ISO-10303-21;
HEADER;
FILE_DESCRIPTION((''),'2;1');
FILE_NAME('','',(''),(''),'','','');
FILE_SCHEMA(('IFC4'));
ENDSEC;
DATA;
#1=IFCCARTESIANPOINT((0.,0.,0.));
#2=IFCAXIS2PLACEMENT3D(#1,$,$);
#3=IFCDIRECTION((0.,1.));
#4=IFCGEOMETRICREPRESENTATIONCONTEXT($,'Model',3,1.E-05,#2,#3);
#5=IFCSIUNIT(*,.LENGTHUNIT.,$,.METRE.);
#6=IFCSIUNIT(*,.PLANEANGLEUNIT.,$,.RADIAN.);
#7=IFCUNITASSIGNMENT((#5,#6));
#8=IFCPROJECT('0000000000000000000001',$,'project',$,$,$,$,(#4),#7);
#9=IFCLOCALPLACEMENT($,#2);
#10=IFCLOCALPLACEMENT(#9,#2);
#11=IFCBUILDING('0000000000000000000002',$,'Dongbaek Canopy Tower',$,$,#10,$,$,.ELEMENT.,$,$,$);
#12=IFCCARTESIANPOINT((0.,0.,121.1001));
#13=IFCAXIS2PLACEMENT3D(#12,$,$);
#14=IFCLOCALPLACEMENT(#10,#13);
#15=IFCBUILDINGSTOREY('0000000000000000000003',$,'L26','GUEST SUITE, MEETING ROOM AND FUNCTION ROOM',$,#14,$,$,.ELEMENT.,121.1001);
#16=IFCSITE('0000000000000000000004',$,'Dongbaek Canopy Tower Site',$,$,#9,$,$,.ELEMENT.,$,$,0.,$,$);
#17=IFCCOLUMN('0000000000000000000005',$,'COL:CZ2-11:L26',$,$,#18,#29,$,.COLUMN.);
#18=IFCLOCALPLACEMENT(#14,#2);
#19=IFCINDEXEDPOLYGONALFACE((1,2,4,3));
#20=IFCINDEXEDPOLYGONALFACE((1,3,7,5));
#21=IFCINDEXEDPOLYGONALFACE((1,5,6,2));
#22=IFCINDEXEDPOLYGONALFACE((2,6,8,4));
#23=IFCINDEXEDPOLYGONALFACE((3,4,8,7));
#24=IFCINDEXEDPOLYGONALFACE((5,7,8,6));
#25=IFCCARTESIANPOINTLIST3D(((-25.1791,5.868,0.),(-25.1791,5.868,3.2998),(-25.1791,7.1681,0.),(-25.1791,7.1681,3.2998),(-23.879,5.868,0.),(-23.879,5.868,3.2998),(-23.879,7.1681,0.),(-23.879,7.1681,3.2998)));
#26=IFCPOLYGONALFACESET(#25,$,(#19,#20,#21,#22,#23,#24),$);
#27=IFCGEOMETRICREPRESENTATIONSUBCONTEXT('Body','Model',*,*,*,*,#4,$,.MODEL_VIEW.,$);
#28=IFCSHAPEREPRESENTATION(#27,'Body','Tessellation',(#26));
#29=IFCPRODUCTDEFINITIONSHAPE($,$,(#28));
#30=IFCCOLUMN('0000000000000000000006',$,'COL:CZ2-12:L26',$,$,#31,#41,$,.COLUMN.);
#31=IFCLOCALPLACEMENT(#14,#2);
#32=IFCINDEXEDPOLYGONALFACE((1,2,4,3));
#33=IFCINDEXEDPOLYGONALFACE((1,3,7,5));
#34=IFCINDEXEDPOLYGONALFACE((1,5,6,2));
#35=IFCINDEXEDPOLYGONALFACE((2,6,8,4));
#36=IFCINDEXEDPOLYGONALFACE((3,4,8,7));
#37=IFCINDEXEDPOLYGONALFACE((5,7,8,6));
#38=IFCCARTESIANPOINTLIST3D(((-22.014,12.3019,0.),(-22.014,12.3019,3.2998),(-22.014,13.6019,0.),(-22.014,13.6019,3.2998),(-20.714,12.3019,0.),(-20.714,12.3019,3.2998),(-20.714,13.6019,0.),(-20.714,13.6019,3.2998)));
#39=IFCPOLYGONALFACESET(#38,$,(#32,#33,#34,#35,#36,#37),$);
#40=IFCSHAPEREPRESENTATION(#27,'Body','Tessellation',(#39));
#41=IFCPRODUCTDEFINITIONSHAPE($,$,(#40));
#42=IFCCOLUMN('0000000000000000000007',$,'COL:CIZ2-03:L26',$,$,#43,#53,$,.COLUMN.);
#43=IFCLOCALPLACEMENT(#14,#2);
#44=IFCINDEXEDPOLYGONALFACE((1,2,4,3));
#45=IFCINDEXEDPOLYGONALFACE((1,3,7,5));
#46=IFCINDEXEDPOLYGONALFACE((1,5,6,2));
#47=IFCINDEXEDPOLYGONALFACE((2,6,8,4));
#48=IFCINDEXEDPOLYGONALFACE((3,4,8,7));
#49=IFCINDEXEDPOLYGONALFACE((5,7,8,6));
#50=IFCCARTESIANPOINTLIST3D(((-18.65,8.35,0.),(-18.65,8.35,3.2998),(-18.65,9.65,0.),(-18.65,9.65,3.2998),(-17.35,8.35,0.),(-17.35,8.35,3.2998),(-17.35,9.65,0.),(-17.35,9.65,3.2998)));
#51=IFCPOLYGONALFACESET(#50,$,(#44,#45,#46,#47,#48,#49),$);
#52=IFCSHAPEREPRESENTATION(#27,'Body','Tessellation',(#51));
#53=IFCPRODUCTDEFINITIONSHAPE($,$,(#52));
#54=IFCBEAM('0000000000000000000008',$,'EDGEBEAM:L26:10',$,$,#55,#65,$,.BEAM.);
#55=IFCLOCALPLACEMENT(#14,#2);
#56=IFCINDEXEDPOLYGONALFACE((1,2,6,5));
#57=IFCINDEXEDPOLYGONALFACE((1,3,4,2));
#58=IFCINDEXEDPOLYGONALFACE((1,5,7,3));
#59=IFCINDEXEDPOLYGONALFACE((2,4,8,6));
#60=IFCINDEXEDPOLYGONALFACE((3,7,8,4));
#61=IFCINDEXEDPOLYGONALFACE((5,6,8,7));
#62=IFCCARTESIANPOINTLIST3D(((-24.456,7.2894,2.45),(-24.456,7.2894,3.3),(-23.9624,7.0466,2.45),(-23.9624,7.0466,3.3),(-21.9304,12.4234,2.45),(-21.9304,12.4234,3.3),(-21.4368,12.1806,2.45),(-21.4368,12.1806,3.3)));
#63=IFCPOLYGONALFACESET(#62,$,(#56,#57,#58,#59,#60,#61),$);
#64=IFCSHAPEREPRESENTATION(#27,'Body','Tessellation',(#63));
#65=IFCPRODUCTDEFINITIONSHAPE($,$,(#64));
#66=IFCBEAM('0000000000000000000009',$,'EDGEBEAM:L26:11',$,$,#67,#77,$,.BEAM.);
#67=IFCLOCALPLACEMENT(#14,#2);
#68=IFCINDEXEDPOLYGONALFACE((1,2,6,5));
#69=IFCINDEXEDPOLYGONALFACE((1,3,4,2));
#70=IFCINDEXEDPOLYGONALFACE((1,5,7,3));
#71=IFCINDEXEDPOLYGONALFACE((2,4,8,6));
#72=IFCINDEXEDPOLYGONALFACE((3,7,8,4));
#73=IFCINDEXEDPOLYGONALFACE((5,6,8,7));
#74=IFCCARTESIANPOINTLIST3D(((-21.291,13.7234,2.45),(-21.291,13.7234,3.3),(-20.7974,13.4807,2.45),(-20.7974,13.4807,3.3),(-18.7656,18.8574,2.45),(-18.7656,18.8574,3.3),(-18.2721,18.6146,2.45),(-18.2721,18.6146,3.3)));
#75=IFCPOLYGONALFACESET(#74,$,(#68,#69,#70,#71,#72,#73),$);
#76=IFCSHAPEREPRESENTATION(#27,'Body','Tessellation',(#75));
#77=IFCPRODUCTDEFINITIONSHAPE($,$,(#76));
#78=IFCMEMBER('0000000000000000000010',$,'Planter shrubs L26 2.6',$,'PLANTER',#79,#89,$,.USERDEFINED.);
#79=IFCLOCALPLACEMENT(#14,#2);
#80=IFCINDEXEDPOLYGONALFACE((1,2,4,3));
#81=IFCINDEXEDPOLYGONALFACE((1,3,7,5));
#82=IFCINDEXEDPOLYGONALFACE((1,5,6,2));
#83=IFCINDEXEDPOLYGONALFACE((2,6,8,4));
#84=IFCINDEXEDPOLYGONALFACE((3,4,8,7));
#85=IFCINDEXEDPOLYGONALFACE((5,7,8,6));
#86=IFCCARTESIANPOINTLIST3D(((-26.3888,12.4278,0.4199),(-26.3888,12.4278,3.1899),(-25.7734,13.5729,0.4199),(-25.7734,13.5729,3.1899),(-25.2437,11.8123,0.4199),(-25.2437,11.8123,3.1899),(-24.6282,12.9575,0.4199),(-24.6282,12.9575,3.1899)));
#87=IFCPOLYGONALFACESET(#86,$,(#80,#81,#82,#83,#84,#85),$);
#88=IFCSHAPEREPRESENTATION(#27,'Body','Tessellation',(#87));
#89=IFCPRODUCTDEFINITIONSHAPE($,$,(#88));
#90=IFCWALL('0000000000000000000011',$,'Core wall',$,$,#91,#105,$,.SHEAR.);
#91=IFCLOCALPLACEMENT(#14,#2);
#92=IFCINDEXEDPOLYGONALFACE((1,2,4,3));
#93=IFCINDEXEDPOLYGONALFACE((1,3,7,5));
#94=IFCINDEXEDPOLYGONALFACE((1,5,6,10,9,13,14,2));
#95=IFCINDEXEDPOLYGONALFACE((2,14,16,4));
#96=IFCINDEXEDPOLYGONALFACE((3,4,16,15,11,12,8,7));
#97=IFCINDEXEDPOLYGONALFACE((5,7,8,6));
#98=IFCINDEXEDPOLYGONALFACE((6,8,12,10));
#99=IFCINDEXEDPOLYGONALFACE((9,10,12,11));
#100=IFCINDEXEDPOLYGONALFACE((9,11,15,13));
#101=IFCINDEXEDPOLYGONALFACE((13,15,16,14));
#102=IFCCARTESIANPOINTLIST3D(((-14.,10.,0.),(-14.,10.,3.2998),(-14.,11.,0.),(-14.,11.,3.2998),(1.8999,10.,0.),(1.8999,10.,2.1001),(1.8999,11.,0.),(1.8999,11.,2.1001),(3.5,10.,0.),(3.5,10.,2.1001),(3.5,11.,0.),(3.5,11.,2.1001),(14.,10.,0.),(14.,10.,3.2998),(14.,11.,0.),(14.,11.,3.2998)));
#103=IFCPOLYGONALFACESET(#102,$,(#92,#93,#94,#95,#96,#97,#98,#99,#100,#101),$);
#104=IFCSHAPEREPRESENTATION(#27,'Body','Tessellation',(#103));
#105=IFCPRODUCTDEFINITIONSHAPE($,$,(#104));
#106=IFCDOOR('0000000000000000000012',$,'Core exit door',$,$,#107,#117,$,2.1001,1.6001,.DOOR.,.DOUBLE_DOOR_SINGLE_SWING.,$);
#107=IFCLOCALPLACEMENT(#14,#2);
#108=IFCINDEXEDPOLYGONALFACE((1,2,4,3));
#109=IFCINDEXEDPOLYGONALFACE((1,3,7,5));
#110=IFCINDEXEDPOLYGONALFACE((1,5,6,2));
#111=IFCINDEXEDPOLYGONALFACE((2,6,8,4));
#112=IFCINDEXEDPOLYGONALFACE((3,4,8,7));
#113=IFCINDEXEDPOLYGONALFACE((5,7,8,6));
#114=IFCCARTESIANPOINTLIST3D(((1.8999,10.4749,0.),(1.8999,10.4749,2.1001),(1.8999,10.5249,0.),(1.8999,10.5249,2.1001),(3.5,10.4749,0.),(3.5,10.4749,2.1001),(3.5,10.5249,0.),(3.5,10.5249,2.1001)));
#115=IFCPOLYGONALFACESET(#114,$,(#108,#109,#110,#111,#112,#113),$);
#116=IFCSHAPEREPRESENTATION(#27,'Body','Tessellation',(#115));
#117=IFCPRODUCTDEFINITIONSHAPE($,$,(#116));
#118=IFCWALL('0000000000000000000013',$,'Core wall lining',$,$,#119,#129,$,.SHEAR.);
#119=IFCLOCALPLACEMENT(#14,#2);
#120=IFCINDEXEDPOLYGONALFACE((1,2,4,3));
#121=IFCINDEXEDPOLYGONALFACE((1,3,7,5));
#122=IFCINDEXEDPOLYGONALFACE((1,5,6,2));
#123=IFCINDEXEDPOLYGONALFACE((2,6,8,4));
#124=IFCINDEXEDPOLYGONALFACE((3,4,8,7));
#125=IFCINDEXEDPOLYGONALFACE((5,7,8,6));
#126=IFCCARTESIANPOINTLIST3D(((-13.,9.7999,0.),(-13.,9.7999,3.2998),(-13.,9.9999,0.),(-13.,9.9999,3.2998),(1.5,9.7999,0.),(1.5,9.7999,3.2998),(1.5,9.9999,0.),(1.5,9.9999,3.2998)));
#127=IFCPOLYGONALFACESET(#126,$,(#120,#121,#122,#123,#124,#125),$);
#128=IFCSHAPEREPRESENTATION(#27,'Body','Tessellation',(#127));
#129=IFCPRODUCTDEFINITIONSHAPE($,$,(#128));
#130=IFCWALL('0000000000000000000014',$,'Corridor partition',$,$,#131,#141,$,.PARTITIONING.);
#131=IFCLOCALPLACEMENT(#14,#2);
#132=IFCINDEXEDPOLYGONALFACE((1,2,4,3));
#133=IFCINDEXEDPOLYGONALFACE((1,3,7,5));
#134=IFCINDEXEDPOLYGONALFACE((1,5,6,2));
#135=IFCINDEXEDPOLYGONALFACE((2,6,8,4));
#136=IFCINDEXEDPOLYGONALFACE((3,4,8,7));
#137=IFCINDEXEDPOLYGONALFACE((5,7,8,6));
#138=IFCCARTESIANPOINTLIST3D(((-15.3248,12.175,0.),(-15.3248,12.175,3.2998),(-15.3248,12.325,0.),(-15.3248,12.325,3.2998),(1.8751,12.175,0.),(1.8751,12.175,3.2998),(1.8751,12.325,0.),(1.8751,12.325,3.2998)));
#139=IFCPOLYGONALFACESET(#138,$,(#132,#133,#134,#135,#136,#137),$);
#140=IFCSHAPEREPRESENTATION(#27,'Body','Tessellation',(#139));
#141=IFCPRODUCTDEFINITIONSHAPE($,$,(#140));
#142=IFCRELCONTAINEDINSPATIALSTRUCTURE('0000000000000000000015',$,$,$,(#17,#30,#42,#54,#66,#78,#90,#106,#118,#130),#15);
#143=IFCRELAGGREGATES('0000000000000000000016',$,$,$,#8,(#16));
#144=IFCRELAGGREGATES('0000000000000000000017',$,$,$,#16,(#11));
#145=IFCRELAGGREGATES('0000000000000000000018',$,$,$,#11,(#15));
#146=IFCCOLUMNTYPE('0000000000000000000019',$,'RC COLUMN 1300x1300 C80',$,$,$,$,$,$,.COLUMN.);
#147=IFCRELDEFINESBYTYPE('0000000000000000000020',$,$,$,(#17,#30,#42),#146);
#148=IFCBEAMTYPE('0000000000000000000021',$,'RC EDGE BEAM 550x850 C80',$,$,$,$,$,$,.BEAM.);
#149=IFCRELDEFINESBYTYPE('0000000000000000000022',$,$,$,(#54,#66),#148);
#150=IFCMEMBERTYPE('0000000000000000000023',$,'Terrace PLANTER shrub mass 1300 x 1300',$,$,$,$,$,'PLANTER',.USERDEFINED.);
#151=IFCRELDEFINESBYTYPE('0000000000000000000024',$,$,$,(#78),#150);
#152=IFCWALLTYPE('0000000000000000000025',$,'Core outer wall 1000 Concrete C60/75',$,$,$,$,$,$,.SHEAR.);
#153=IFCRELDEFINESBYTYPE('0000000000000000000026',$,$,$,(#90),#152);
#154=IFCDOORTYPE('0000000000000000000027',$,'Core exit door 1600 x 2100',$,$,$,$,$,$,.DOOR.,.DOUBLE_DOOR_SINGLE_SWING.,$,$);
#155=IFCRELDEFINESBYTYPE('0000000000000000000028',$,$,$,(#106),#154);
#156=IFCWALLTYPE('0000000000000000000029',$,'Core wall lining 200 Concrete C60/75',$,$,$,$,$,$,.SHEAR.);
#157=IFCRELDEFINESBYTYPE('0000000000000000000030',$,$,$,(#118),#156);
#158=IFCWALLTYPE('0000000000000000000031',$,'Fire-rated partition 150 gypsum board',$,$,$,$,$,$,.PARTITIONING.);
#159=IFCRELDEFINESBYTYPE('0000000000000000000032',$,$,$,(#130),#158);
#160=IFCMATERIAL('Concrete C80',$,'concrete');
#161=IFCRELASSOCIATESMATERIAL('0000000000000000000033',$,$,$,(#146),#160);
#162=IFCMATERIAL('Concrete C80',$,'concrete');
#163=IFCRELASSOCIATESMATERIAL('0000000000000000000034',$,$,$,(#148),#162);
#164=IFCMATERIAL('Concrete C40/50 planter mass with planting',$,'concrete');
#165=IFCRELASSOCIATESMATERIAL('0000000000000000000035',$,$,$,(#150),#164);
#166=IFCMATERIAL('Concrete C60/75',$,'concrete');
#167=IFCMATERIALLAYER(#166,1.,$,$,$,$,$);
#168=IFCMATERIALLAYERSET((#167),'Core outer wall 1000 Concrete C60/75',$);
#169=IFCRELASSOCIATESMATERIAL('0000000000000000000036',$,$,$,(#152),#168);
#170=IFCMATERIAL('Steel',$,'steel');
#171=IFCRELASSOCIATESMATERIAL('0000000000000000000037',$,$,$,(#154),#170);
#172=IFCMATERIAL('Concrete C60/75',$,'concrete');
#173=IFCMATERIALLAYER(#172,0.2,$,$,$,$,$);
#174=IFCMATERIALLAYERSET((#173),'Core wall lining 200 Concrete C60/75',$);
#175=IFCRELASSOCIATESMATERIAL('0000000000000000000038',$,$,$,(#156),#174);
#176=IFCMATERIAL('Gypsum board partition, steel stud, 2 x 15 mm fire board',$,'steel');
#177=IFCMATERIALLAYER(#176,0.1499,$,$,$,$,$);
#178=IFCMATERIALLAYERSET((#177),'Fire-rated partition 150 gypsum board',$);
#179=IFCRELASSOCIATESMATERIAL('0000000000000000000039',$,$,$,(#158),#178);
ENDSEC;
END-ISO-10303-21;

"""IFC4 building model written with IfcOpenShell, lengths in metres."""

from ifc_helpers import new_model, si_unit, direction, frame, frame_2d, origin, origin_2d, place, context, subcontext, project, spatial, rectangle, extrude, material, layer, layer_set, material_profile, profile_set, type_object, element, fill, save


model = new_model("IFC4")

# Units and contexts
model_context = context("Model", 3, precision=1e-05, world=origin(), true_north=direction((0.0, 1.0)))
body_context = subcontext(model_context, "Body", "Model", "MODEL_VIEW")
ifc_project = project(units=[si_unit("LENGTHUNIT", "METRE"), si_unit("PLANEANGLEUNIT", "RADIAN")], contexts=[model_context])

# Site, building, storey
site_placement = place(None, origin())
site = spatial("IfcSite", under=ifc_project, at=site_placement, Name="Dongbaek Canopy Tower Site", CompositionType="ELEMENT", RefElevation=0.0)
building_placement = place(site_placement, origin())
building = spatial("IfcBuilding", under=site, at=building_placement, Name="Dongbaek Canopy Tower", CompositionType="ELEMENT")
storey_placement = place(building_placement, frame((0.0, 0.0, 121.1001)))
storey = spatial("IfcBuildingStorey", under=building, at=storey_placement, Name="L26", Description="GUEST SUITE, MEETING ROOM AND FUNCTION ROOM", CompositionType="ELEMENT", Elevation=121.1001)

# Columns
ifc_material_1 = material(Name="Concrete C80", Category="concrete")
ifc_material_profile_1 = material_profile(ifc_material_1, rectangle(XDim=1.3, YDim=1.3, at=origin_2d()), Name="RC COLUMN 1300x1300 C80")
ifc_profile_set_1 = profile_set([ifc_material_profile_1], Name="Concrete C80")
column_type = type_object("IfcColumnType", Name="RC COLUMN 1300x1300 C80", PredefinedType="COLUMN", material=ifc_profile_set_1)
for number, where, z_axis, x_axis, name in (
    (1, (-24.5291, 6.5181, 0.0), (0.0, 0.0, 1.0), (1.0, 0.0, 0.0), "COL:CZ2-11:L26"),
    (2, (-21.364, 12.9519, 0.0), (0.0, 0.0, 1.0), (1.0, 0.0, 0.0), "COL:CZ2-12:L26"),
    (3, (-18.0, 9.0, 0.0), (0.0, 0.0, 1.0), (1.0, 0.0, 0.0), "COL:CIZ2-03:L26"),
):
    element("IfcColumn", number, at=place(storey_placement, frame(where, z_axis=z_axis, x_axis=x_axis)), inside=storey, type_object=column_type, Name=name, PredefinedType="COLUMN", context=body_context, shape_type="SweptSolid", body=[
        extrude(rectangle(XDim=1.3, YDim=1.3, at=origin_2d()), origin(), (0.0, 0.0, 1.0), 3.2998),
    ])

# Beams
ifc_material_2 = material(Name="Concrete C80", Category="concrete")
ifc_material_profile_2 = material_profile(ifc_material_2, rectangle(XDim=0.55, YDim=0.8501, at=origin_2d()), Name="RC EDGE BEAM 550x850 C80")
ifc_profile_set_2 = profile_set([ifc_material_profile_2], Name="Concrete C80")
beam_type = type_object("IfcBeamType", Name="RC EDGE BEAM 550x850 C80", PredefinedType="BEAM", material=ifc_profile_set_2)
beam_1_placement = place(storey_placement, frame((-24.2092, 7.168, 2.875), z_axis=(0.441418, 0.897301, 0.0), x_axis=(-0.897301, 0.441418, 0.0)))
element("IfcBeam", 4, at=beam_1_placement, inside=storey, type_object=beam_type, Name="EDGEBEAM:L26:10", PredefinedType="BEAM", context=body_context, shape_type="SweptSolid", body=[
    extrude(rectangle(XDim=0.55, YDim=0.8501, at=origin_2d()), origin(), (0.0, 0.0, 1.0), 5.7217),
])
beam_2_placement = place(storey_placement, frame((-21.0442, 13.6021, 2.875), z_axis=(0.441384, 0.897318, 0.0), x_axis=(-0.897318, 0.441384, 0.0)))
element("IfcBeam", 5, at=beam_2_placement, inside=storey, type_object=beam_type, Name="EDGEBEAM:L26:11", PredefinedType="BEAM", context=body_context, shape_type="SweptSolid", body=[
    extrude(rectangle(XDim=0.55, YDim=0.8501, at=origin_2d()), origin(), (0.0, 0.0, 1.0), 5.7214),
])

# Member
ifc_material_3 = material(Name="Concrete C40/50 planter mass with planting", Category="concrete")
ifc_material_profile_3 = material_profile(ifc_material_3, rectangle(XDim=1.3, YDim=1.3, at=origin_2d()), Name="Terrace PLANTER shrub mass 1300 x 1300")
ifc_profile_set_3 = profile_set([ifc_material_profile_3], Name="Concrete C40/50 planter mass with planting")
member_type = type_object("IfcMemberType", Name="Terrace PLANTER shrub mass 1300 x 1300", ElementType="PLANTER", PredefinedType="USERDEFINED", material=ifc_profile_set_3)
member_placement = place(storey_placement, frame((-25.5085, 12.6926, 0.4199), z_axis=(0.0, 0.0, 1.0), x_axis=(-0.880843, 0.473409, 0.0)))
element("IfcMember", 6, at=member_placement, inside=storey, type_object=member_type, Name="Planter shrubs L26 2.6", ObjectType="PLANTER", PredefinedType="USERDEFINED", context=body_context, shape_type="SweptSolid", body=[
    extrude(rectangle(XDim=1.3, YDim=1.3, at=origin_2d()), origin(), (0.0, 0.0, 1.0), 2.77),
])

# Wall, opening, door
ifc_material_4 = material(Name="Concrete C60/75", Category="concrete")
ifc_layer_1 = layer(ifc_material_4, 1.0)
ifc_layer_set_1 = layer_set([ifc_layer_1], Name="Core outer wall 1000 Concrete C60/75")
wall_type_1 = type_object("IfcWallType", Name="Core outer wall 1000 Concrete C60/75", PredefinedType="SHEAR", material=ifc_layer_set_1)
wall_1_placement = place(storey_placement, frame((-14.0, 10.5, 0.0), z_axis=(0.0, 0.0, 1.0), x_axis=(1.0, 0.0, 0.0)))
wall_1 = element("IfcWall", 7, at=wall_1_placement, inside=storey, type_object=wall_type_1, Name="Core wall", PredefinedType="SHEAR", context=body_context, shape_type="SweptSolid", body=[
    extrude(rectangle(XDim=28.0, YDim=1.0, at=frame_2d((14.0, 0.0))), origin(), (0.0, 0.0, 1.0), 3.2998),
])
opening_1_placement = place(wall_1_placement, frame((15.8999, 0.0, 0.0)))
opening_1 = element("IfcOpeningElement", 8, at=opening_1_placement, cuts=wall_1, PredefinedType="OPENING", context=body_context, shape_type="SweptSolid", body=[
    extrude(rectangle(XDim=1.6001, YDim=2.1001, at=frame_2d((0.8, 1.05))), frame((0.0, 0.51, 0.0), z_axis=(0.0, -1.0, 0.0), x_axis=(1.0, 0.0, 0.0)), (0.0, 0.0, 1.0), 1.02),
])
ifc_material_5 = material(Name="Steel", Category="steel")
door_type_1 = type_object("IfcDoorType", Name="Core exit door 1600 x 2100", OperationType="DOUBLE_DOOR_SINGLE_SWING", PredefinedType="DOOR", material=ifc_material_5)
door_1_placement = place(opening_1_placement, origin())
door_1 = element("IfcDoor", 9, at=door_1_placement, inside=storey, type_object=door_type_1, Name="Core exit door", OperationType="DOUBLE_DOOR_SINGLE_SWING", OverallHeight=2.1001, OverallWidth=1.6001, PredefinedType="DOOR", context=body_context, shape_type="SweptSolid", body=[
    extrude(rectangle(XDim=1.6001, YDim=2.1001, at=frame_2d((0.8, 1.05))), frame((0.0, 0.0249, 0.0), z_axis=(0.0, -1.0, 0.0), x_axis=(1.0, 0.0, 0.0)), (0.0, 0.0, 1.0), 0.05),
])
fill(opening_1, door_1)

# Walls
ifc_material_6 = material(Name="Concrete C60/75", Category="concrete")
ifc_layer_2 = layer(ifc_material_6, 0.2)
ifc_layer_set_2 = layer_set([ifc_layer_2], Name="Core wall lining 200 Concrete C60/75")
wall_type_2 = type_object("IfcWallType", Name="Core wall lining 200 Concrete C60/75", PredefinedType="SHEAR", material=ifc_layer_set_2)
wall_2_placement = place(storey_placement, frame((-13.0, 9.8999, 0.0), z_axis=(0.0, 0.0, 1.0), x_axis=(1.0, 0.0, 0.0)))
element("IfcWall", 10, at=wall_2_placement, inside=storey, type_object=wall_type_2, Name="Core wall lining", PredefinedType="SHEAR", context=body_context, shape_type="SweptSolid", body=[
    extrude(rectangle(XDim=14.5, YDim=0.2, at=frame_2d((7.25, 0.0))), origin(), (0.0, 0.0, 1.0), 3.2998),
])
ifc_material_7 = material(Name="Gypsum board partition, steel stud, 2 x 15 mm fire board", Category="steel")
ifc_layer_3 = layer(ifc_material_7, 0.1499)
ifc_layer_set_3 = layer_set([ifc_layer_3], Name="Fire-rated partition 150 gypsum board")
wall_type_3 = type_object("IfcWallType", Name="Fire-rated partition 150 gypsum board", PredefinedType="PARTITIONING", material=ifc_layer_set_3)
wall_3_placement = place(storey_placement, frame((-15.325, 12.25, 0.0), z_axis=(0.0, 0.0, 1.0), x_axis=(1.0, 0.0, 0.0)))
element("IfcWall", 11, at=wall_3_placement, inside=storey, type_object=wall_type_3, Name="Corridor partition", PredefinedType="PARTITIONING", context=body_context, shape_type="SweptSolid", body=[
    extrude(rectangle(XDim=17.2, YDim=0.1499, at=frame_2d((8.6001, 0.0))), origin(), (0.0, 0.0, 1.0), 3.2998),
])

save(model, "model.ifc")
